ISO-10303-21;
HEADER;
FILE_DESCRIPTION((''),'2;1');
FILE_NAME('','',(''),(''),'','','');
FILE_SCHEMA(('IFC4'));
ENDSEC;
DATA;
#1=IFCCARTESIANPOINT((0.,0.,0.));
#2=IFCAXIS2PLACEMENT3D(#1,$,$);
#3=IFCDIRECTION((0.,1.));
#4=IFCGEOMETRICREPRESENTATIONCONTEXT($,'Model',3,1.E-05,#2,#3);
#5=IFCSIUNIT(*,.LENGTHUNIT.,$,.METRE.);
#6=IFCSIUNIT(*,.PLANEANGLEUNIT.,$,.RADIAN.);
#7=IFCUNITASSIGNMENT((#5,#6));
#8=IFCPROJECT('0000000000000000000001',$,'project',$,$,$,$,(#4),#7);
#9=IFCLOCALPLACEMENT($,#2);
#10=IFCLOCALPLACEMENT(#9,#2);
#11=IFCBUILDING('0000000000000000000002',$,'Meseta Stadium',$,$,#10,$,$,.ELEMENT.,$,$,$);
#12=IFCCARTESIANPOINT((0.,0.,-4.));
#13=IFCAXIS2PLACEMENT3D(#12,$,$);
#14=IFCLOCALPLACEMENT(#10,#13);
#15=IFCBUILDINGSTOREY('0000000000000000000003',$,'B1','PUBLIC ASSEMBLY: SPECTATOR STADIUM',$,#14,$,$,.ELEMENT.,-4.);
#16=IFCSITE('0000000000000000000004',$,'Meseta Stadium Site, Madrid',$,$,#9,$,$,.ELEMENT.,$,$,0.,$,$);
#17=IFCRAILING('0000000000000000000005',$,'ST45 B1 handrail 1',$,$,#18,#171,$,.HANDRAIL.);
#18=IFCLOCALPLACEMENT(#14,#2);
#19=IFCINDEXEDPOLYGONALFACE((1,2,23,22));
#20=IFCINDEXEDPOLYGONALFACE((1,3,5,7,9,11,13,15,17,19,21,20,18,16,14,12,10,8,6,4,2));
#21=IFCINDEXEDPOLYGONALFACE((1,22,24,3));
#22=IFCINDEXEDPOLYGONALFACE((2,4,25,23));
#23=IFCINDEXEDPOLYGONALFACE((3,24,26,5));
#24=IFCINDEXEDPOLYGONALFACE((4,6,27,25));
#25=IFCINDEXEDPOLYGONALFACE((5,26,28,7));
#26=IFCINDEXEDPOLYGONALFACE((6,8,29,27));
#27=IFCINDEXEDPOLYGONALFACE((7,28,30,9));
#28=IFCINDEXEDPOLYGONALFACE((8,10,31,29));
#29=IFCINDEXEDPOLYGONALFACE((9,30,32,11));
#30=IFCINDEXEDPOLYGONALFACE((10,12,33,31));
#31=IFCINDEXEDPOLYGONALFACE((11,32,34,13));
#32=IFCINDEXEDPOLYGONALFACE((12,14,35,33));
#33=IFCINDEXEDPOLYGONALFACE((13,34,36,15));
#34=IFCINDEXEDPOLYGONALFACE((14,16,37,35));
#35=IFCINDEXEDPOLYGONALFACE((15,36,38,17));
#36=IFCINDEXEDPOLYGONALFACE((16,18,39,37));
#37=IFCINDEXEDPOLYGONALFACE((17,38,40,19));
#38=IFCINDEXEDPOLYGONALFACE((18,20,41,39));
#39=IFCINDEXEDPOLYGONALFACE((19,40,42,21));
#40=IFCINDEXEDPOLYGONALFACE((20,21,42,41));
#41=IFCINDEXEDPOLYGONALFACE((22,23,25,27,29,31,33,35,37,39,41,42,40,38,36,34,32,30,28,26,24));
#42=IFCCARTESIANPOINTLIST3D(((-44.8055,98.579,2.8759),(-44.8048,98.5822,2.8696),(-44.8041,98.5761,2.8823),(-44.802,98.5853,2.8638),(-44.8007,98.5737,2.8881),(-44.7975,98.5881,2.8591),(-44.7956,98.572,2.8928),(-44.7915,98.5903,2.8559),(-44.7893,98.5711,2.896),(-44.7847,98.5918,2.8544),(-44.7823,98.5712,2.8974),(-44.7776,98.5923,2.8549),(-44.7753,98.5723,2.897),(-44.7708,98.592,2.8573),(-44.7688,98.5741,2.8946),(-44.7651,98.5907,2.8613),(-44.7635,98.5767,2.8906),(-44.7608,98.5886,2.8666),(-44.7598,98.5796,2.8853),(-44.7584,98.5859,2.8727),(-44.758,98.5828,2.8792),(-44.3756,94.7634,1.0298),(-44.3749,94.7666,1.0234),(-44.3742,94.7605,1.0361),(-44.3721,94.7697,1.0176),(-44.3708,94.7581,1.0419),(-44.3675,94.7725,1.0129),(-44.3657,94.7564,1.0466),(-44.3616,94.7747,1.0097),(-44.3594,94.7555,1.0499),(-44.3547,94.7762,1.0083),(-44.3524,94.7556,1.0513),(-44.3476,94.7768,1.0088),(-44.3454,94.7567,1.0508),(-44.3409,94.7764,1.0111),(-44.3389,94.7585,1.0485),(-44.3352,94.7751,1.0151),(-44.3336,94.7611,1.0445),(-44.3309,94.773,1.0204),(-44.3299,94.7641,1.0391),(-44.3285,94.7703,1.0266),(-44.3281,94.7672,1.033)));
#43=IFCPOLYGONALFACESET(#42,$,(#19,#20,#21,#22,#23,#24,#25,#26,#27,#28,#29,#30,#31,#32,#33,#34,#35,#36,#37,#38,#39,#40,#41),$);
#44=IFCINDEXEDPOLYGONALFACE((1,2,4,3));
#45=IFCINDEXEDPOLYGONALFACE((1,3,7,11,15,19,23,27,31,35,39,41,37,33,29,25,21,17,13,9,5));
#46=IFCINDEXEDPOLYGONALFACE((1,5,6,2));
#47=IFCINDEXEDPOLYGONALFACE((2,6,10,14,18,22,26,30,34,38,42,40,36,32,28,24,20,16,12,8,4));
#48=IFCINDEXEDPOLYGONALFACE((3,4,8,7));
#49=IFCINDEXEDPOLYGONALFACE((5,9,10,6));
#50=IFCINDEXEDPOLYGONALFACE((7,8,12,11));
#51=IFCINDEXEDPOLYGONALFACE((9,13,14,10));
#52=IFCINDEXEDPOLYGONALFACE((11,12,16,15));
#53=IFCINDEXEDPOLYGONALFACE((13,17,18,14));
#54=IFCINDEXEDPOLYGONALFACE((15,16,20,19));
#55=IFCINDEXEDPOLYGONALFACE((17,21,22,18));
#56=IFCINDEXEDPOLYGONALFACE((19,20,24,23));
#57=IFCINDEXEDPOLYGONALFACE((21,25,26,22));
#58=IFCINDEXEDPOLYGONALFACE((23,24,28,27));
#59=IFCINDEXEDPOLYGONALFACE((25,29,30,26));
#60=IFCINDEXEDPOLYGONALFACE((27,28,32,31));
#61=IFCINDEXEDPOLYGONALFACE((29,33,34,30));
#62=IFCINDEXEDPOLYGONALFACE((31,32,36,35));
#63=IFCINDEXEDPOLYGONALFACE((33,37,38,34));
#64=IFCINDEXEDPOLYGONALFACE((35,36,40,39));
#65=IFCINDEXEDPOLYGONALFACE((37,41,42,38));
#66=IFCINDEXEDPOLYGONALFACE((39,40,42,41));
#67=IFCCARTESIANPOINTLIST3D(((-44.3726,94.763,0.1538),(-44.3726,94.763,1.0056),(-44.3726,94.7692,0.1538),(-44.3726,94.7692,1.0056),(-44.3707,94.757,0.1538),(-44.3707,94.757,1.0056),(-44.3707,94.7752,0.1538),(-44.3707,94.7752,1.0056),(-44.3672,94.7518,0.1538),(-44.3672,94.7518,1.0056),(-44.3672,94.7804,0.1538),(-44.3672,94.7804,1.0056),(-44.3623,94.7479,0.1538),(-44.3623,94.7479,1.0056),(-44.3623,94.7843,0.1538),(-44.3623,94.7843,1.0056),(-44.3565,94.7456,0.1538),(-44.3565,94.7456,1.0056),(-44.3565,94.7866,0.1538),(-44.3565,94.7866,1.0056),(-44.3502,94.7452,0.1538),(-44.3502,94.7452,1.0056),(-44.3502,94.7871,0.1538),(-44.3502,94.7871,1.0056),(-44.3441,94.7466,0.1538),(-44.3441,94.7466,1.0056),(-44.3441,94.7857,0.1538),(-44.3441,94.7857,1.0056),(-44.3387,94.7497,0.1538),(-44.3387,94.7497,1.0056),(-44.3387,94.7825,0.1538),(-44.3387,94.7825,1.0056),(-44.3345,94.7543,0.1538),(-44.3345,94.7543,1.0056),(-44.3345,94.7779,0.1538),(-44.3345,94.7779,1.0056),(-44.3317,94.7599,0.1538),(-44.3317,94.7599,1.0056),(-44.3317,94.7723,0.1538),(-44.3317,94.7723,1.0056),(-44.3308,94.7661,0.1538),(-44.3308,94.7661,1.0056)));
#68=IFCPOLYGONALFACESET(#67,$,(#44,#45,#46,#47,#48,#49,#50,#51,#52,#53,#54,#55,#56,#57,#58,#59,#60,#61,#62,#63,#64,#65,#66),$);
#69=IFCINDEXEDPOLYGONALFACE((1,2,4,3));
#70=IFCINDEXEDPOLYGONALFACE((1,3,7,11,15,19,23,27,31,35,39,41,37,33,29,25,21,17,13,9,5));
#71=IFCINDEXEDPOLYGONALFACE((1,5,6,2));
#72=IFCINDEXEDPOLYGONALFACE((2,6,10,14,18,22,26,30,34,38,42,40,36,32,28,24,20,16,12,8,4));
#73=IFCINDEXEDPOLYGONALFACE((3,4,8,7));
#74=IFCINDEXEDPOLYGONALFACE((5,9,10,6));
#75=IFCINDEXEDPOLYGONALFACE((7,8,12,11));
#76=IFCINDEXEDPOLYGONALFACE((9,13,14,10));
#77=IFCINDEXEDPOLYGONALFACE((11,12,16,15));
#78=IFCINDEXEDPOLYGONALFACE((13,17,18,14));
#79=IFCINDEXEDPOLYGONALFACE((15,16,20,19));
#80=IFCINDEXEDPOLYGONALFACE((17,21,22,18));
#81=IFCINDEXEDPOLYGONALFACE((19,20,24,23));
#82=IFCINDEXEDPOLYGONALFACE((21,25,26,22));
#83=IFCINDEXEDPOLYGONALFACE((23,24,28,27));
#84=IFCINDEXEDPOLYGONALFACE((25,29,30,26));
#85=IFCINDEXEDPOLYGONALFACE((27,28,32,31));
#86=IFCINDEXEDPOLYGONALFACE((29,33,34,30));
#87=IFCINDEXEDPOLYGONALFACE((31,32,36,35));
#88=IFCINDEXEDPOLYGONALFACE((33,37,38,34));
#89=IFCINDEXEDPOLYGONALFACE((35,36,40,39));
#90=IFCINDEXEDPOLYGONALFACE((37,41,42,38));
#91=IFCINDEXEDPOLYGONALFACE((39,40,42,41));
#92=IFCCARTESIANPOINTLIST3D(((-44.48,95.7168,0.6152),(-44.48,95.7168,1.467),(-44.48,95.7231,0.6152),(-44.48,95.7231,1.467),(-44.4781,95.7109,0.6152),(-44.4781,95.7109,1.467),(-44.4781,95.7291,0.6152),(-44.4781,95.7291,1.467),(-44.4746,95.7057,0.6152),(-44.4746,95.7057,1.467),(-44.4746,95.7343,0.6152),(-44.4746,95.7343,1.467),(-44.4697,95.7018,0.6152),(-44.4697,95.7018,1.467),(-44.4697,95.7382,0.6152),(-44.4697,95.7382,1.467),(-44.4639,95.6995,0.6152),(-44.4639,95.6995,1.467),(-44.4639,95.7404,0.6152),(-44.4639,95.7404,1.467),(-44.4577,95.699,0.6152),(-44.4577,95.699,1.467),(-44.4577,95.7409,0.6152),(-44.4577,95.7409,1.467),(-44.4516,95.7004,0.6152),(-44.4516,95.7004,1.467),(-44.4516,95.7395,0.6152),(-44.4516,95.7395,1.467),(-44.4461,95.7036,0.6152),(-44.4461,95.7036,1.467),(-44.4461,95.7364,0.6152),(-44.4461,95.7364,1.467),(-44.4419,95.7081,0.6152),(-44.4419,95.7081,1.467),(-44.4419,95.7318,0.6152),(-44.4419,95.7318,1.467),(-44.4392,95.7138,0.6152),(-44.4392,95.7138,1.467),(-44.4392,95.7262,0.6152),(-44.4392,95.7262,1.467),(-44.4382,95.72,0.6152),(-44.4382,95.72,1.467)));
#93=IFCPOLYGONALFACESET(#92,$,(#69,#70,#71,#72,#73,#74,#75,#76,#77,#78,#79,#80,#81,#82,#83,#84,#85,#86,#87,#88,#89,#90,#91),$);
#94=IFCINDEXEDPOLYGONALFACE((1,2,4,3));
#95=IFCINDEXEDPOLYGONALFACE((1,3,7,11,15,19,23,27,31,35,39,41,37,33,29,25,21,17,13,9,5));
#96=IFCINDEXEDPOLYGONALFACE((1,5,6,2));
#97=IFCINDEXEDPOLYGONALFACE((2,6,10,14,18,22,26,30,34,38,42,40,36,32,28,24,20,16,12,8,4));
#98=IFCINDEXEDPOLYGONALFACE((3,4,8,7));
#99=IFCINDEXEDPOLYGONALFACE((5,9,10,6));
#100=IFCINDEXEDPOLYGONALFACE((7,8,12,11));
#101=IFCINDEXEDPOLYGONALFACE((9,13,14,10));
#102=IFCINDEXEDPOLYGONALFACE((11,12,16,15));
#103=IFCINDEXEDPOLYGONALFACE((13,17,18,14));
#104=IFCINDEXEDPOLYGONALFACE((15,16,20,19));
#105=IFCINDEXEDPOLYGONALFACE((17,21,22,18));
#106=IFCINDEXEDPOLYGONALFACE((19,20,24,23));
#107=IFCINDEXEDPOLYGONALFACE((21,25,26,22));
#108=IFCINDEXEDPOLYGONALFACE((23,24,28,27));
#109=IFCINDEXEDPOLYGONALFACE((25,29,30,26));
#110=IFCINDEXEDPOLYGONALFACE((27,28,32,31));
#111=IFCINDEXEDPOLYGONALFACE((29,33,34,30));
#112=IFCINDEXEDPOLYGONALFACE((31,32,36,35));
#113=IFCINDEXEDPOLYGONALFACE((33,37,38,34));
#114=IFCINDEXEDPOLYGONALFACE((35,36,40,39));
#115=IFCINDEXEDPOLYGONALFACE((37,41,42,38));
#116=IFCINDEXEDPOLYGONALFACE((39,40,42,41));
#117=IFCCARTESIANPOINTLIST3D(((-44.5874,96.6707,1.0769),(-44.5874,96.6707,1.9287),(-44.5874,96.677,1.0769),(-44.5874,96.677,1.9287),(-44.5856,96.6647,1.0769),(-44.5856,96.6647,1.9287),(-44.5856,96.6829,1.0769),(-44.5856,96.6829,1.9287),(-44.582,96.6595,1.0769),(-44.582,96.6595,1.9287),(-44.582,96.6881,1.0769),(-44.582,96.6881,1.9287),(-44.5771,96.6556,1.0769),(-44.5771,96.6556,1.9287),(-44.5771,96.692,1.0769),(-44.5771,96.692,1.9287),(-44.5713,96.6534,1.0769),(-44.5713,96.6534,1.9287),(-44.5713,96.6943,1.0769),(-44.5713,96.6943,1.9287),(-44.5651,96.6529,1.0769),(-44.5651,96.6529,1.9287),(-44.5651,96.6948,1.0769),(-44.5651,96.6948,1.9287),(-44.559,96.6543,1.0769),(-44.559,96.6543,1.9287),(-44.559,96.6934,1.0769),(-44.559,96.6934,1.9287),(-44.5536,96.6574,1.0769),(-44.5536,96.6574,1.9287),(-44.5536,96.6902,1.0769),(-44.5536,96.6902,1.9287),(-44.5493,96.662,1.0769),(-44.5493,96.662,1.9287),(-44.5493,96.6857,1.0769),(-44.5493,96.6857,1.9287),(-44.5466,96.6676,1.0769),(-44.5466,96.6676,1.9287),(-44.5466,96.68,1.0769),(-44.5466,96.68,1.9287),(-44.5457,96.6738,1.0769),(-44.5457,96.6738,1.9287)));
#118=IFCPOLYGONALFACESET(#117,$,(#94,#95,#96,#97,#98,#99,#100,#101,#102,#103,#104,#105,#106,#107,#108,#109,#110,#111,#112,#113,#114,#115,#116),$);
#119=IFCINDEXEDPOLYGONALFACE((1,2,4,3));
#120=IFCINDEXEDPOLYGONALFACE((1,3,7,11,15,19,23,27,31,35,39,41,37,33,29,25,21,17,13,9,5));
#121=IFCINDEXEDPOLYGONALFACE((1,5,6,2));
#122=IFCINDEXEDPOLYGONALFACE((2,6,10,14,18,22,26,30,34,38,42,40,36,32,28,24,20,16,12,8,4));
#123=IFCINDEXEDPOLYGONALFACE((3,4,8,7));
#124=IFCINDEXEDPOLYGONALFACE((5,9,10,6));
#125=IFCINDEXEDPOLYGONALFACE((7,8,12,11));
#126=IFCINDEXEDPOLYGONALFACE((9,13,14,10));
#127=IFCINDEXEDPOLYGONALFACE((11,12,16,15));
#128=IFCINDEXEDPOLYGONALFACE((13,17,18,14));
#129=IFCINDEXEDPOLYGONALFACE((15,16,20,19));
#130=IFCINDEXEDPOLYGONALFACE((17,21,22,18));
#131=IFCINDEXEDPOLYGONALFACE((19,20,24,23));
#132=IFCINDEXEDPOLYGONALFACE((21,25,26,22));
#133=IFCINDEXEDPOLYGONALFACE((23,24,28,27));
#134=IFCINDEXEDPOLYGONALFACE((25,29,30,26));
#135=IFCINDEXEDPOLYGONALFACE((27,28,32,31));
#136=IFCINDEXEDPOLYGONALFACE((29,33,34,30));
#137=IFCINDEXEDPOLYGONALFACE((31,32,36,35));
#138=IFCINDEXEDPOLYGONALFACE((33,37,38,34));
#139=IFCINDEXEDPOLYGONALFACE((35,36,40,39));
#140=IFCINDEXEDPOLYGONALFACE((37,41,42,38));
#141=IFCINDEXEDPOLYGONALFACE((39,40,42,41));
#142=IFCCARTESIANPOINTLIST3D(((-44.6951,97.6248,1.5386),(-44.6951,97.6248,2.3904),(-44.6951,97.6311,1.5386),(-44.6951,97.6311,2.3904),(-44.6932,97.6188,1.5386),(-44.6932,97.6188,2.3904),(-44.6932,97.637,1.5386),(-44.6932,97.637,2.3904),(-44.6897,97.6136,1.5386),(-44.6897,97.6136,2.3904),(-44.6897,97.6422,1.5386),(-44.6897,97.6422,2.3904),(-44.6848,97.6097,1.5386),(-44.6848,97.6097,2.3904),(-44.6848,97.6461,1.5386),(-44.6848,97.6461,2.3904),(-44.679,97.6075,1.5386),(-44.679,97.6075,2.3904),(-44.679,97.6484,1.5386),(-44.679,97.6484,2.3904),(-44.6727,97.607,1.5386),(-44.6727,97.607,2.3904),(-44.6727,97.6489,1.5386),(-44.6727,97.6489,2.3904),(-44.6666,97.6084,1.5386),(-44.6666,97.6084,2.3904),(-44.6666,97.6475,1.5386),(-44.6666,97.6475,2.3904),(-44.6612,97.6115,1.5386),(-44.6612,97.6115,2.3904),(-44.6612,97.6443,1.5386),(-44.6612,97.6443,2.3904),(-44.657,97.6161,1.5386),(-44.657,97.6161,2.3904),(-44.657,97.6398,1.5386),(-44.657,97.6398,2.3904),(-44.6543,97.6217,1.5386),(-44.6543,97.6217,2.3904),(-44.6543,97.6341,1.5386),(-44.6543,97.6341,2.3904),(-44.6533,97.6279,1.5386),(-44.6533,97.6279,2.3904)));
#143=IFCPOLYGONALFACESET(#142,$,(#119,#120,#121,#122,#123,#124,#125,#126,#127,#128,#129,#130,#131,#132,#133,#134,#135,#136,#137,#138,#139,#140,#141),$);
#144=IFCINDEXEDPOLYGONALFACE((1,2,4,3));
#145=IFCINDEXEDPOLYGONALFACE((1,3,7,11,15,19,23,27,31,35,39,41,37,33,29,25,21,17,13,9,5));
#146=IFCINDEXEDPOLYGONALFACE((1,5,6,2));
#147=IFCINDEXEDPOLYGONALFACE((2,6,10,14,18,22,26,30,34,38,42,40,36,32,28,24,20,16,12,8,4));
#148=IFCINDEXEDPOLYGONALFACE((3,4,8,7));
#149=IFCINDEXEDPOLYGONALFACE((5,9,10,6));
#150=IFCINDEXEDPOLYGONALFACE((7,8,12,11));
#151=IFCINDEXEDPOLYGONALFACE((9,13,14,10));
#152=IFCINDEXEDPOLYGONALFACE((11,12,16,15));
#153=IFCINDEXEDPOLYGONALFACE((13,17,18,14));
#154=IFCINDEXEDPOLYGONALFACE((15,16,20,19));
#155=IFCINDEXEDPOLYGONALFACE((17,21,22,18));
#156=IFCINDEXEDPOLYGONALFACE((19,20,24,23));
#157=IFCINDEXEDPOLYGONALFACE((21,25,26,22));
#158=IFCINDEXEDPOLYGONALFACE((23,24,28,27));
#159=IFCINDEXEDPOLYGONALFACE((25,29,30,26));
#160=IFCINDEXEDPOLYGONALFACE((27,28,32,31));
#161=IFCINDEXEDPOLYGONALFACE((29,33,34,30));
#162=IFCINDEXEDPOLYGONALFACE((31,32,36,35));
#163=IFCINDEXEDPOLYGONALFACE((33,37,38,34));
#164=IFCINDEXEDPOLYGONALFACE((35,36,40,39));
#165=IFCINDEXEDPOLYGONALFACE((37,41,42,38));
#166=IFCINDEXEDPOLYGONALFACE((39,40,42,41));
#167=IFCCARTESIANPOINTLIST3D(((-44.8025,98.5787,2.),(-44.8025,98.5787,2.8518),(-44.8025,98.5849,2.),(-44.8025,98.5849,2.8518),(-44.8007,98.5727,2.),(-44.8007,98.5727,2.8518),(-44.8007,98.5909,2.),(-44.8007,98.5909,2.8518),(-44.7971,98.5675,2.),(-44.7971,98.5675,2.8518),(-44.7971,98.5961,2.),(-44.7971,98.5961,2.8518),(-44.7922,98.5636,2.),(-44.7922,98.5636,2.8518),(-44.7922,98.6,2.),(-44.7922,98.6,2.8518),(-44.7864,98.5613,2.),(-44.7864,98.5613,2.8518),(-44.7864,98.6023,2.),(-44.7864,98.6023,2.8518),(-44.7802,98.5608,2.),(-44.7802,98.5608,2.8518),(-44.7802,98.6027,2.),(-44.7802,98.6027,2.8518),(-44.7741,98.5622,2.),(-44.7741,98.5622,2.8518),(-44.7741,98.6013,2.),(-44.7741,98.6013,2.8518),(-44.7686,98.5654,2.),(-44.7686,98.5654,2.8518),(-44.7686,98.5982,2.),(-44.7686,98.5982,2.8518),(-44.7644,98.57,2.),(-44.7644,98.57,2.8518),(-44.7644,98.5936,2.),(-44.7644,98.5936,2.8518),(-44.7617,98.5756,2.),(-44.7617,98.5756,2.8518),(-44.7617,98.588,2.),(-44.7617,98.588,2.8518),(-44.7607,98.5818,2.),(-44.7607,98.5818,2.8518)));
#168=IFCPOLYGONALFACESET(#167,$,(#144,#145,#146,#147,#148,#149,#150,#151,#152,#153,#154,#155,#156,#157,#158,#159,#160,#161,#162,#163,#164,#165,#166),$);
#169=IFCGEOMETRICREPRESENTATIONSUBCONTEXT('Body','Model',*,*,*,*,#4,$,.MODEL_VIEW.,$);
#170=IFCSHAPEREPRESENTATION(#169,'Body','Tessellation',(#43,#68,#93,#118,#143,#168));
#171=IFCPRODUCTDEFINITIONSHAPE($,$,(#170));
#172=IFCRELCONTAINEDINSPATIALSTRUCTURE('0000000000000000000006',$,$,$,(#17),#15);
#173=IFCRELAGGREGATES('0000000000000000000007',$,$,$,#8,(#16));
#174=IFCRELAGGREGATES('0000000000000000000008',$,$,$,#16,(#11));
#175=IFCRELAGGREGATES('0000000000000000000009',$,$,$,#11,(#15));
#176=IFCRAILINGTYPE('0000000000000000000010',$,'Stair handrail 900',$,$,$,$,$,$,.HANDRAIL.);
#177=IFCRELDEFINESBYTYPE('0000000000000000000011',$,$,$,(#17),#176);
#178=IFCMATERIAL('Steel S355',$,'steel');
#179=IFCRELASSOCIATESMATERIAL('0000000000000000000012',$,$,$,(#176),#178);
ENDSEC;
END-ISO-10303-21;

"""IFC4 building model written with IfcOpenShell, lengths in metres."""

from ifc_helpers import new_model, si_unit, direction, frame, origin, origin_2d, place, context, subcontext, project, spatial, circle, extrude, material, type_object, element, save


model = new_model("IFC4")

# Units and contexts
model_context = context("Model", 3, precision=1e-05, world=origin(), true_north=direction((0.0, 1.0)))
body_context = subcontext(model_context, "Body", "Model", "MODEL_VIEW")
ifc_project = project(units=[si_unit("LENGTHUNIT", "METRE"), si_unit("PLANEANGLEUNIT", "RADIAN")], contexts=[model_context])

# Site, building, storey
site_placement = place(None, origin())
site = spatial("IfcSite", under=ifc_project, at=site_placement, Name="Meseta Stadium Site, Madrid", CompositionType="ELEMENT", RefElevation=0.0)
building_placement = place(site_placement, origin())
building = spatial("IfcBuilding", under=site, at=building_placement, Name="Meseta Stadium", CompositionType="ELEMENT")
storey_placement = place(building_placement, frame((0.0, 0.0, -4.0)))
storey = spatial("IfcBuildingStorey", under=building, at=storey_placement, Name="B1", Description="PUBLIC ASSEMBLY: SPECTATOR STADIUM", CompositionType="ELEMENT", Elevation=-4.0)

# Railing
ifc_material_1 = material(Name="Steel S355", Category="steel")
railing_type_1 = type_object("IfcRailingType", Name="Stair handrail 900", PredefinedType="HANDRAIL", material=ifc_material_1)
railing_1_placement = place(storey_placement, frame((-44.3518, 94.7661, 0.1538)))
element("IfcRailing", 1, at=railing_1_placement, inside=storey, type_object=railing_type_1, Name="ST45 B1 handrail 1", PredefinedType="HANDRAIL", context=body_context, shape_type="SweptSolid", body=[
    extrude(circle(Radius=0.0239, at=origin_2d()), frame((0.0, 0.0, 0.876), z_axis=(-0.100909, 0.895574, 0.433318), x_axis=(-0.993712, -0.111967, 0.0)), (0.0, 0.0, 1.0), 4.2605),
    extrude(circle(Radius=0.021, at=origin_2d()), origin(), (0.0, 0.0, 1.0), 0.8518),
    extrude(circle(Radius=0.021, at=origin_2d()), frame((-0.1074, 0.9539, 0.4614)), (0.0, 0.0, 1.0), 0.8518),
    extrude(circle(Radius=0.021, at=origin_2d()), frame((-0.2148, 1.9077, 0.9231)), (0.0, 0.0, 1.0), 0.8518),
    extrude(circle(Radius=0.021, at=origin_2d()), frame((-0.3225, 2.8618, 1.3848)), (0.0, 0.0, 1.0), 0.8518),
    extrude(circle(Radius=0.021, at=origin_2d()), frame((-0.4299, 3.8157, 1.8462)), (0.0, 0.0, 1.0), 0.8518),
])

save(model, "model.ifc")
